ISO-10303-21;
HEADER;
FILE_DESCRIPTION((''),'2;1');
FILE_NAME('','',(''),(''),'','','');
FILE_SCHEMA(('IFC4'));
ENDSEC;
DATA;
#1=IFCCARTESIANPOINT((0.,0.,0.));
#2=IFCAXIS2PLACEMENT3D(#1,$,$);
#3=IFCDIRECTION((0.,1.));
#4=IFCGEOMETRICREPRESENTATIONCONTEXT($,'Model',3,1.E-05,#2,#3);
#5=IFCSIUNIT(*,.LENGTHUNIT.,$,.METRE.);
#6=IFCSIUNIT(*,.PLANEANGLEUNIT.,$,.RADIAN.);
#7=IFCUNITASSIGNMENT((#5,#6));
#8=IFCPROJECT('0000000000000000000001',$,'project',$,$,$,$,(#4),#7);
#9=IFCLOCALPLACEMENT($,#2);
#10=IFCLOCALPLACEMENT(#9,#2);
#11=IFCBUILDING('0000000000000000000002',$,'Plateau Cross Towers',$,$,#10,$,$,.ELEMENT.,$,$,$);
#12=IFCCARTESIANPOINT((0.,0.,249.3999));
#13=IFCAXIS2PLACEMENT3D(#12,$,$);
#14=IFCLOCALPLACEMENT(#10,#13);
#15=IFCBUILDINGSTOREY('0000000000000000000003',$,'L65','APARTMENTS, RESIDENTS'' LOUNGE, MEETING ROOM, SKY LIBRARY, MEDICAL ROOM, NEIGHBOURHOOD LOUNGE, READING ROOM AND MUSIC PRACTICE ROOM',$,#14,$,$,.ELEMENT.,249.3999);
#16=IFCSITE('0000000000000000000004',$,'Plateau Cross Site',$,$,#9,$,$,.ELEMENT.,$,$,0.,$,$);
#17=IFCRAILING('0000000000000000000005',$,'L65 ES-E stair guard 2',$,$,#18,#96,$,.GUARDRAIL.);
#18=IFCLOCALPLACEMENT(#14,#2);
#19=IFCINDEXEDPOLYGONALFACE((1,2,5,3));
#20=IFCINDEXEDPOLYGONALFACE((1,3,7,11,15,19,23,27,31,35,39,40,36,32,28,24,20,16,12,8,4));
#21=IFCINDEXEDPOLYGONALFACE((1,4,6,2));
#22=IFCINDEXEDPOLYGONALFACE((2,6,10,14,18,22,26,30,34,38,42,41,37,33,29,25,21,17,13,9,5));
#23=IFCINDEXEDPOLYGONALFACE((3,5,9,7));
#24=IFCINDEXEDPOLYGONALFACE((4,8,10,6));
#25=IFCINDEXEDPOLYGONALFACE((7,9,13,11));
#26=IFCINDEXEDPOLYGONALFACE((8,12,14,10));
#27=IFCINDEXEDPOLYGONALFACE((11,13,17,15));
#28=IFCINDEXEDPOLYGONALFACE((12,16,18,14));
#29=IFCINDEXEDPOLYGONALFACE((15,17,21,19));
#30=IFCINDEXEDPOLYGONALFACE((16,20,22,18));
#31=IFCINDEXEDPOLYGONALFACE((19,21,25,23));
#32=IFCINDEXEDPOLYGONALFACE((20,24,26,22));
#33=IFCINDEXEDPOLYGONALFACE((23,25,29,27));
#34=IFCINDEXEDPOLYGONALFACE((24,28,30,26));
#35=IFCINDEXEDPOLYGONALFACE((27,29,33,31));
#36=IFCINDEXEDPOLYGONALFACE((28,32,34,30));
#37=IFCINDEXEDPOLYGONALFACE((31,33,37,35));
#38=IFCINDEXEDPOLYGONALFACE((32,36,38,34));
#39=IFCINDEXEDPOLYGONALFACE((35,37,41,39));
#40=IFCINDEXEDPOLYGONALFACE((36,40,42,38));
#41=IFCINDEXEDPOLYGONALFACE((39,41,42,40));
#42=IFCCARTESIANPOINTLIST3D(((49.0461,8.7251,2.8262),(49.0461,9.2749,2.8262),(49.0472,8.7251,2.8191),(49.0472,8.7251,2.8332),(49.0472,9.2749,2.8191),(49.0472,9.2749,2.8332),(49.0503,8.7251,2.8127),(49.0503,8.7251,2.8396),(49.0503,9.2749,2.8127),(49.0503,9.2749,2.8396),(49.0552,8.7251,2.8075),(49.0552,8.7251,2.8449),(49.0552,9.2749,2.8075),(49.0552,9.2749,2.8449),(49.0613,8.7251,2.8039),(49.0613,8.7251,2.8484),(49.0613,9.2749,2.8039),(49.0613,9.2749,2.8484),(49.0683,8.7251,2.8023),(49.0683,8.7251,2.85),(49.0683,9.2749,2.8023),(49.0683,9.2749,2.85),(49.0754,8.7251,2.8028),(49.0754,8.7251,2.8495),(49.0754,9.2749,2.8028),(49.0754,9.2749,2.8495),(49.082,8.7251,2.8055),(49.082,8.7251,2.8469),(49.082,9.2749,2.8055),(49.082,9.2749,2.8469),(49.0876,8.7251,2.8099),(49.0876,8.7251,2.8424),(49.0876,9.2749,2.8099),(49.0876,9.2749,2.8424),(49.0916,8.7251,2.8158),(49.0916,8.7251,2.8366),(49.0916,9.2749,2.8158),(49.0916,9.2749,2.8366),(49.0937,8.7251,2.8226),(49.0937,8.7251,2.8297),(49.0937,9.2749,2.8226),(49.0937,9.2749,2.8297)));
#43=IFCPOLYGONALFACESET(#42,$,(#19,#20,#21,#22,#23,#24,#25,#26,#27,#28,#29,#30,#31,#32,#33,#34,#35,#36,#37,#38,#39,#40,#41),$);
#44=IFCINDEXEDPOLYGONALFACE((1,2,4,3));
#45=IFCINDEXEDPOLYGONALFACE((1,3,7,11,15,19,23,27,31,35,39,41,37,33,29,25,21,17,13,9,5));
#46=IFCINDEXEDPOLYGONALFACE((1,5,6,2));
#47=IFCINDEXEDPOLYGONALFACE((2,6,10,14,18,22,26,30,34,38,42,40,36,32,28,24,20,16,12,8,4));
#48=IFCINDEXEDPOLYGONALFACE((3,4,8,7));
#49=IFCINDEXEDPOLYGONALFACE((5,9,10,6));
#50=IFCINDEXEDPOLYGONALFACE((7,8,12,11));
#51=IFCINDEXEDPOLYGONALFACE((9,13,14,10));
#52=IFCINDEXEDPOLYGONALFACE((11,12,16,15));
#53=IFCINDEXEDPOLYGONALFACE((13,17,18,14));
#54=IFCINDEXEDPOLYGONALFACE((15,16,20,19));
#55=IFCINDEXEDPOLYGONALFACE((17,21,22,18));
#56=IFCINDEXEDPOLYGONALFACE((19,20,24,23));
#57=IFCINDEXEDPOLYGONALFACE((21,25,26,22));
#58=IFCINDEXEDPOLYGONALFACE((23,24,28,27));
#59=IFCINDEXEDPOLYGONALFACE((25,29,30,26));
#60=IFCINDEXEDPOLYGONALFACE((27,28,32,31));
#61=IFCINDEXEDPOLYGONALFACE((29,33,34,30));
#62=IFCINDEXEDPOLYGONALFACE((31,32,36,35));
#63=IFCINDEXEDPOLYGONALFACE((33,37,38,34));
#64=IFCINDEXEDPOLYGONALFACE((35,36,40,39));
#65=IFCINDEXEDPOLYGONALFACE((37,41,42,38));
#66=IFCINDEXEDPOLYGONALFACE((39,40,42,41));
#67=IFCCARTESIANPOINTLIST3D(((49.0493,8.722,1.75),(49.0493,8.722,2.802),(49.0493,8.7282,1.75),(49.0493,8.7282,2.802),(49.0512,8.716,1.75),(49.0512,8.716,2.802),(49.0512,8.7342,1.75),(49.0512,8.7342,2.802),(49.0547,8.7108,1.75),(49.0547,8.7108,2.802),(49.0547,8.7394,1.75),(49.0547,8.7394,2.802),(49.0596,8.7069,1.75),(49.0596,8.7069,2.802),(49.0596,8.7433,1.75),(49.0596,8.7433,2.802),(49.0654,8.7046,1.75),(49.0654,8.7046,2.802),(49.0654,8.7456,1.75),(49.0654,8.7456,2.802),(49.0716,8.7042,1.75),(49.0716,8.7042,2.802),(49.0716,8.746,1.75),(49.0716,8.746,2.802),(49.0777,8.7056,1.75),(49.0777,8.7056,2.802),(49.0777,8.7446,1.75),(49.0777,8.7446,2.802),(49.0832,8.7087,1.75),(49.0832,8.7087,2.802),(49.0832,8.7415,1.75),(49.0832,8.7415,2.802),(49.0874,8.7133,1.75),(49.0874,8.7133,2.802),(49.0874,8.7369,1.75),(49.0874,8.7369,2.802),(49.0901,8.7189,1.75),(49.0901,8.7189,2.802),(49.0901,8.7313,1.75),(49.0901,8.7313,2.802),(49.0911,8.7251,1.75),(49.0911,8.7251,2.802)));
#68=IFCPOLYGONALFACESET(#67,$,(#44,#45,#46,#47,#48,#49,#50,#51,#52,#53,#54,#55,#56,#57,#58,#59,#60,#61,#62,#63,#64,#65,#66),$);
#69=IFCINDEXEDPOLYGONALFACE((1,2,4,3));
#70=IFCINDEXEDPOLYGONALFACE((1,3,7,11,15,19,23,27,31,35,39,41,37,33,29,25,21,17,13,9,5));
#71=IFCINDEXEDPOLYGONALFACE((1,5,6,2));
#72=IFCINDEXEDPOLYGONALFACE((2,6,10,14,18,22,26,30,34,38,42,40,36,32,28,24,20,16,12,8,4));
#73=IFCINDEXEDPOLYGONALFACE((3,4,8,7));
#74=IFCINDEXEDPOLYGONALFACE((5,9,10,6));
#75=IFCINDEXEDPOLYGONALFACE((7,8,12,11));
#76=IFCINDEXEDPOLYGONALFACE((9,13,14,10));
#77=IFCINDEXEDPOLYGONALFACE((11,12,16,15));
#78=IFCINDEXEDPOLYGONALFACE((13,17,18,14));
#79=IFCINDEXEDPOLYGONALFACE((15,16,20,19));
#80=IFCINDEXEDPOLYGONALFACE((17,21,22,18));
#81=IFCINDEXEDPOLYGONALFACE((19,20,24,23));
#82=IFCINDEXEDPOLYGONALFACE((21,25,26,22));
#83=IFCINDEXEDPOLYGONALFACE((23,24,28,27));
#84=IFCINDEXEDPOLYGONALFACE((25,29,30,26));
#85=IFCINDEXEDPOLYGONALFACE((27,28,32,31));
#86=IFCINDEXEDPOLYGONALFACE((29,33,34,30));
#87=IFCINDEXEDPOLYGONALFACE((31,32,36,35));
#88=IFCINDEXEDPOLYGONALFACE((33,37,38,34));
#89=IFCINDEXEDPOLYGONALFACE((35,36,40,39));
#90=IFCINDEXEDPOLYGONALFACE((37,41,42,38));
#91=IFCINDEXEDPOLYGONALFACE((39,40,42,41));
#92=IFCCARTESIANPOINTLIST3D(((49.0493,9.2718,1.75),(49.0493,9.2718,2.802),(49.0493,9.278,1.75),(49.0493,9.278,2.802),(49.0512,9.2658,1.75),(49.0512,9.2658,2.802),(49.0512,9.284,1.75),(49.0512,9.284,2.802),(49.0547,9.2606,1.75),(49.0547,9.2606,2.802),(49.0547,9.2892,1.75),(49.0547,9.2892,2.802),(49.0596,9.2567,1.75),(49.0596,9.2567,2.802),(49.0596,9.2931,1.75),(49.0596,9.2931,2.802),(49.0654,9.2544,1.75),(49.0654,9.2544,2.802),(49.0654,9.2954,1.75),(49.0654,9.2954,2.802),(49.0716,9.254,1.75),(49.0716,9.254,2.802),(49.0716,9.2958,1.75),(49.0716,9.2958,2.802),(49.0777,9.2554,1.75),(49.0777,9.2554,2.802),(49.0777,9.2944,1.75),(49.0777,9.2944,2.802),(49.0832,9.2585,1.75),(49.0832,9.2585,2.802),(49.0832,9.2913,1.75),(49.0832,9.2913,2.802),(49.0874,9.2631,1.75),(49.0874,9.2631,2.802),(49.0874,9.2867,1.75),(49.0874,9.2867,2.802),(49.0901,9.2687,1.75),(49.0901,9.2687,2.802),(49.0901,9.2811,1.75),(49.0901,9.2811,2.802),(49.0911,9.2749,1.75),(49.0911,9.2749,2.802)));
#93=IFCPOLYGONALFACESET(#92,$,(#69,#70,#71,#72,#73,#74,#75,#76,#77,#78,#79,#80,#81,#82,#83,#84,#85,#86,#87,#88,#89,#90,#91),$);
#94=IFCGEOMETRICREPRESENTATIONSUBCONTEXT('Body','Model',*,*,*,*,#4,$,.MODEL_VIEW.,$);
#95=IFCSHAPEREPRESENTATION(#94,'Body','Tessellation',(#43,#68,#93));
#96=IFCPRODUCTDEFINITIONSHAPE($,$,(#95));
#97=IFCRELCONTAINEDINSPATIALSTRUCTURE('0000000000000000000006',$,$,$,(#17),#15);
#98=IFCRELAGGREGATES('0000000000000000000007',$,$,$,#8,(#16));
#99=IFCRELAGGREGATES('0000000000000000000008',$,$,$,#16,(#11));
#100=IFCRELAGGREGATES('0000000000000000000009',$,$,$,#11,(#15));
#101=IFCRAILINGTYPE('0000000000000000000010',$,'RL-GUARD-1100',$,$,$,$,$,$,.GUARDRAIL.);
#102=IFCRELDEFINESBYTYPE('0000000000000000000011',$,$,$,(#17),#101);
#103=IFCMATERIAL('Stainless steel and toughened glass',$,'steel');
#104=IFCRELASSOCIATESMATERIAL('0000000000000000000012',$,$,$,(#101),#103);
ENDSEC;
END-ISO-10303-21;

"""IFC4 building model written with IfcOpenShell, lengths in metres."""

from ifc_helpers import new_model, si_unit, direction, frame, origin, origin_2d, place, context, subcontext, project, spatial, circle, extrude, material, type_object, element, save


model = new_model("IFC4")

# Units and contexts
model_context = context("Model", 3, precision=1e-05, world=origin(), true_north=direction((0.0, 1.0)))
body_context = subcontext(model_context, "Body", "Model", "MODEL_VIEW")
ifc_project = project(units=[si_unit("LENGTHUNIT", "METRE"), si_unit("PLANEANGLEUNIT", "RADIAN")], contexts=[model_context])

# Site, building, storey
site_placement = place(None, origin())
site = spatial("IfcSite", under=ifc_project, at=site_placement, Name="Plateau Cross Site", CompositionType="ELEMENT", RefElevation=0.0)
building_placement = place(site_placement, origin())
building = spatial("IfcBuilding", under=site, at=building_placement, Name="Plateau Cross Towers", CompositionType="ELEMENT")
storey_placement = place(building_placement, frame((0.0, 0.0, 249.3999)))
storey = spatial("IfcBuildingStorey", under=building, at=storey_placement, Name="L65", Description="APARTMENTS, RESIDENTS' LOUNGE, MEETING ROOM, SKY LIBRARY, MEDICAL ROOM, NEIGHBOURHOOD LOUNGE, READING ROOM AND MUSIC PRACTICE ROOM", CompositionType="ELEMENT", Elevation=249.3999)

# Railing
ifc_material_1 = material(Name="Stainless steel and toughened glass", Category="steel")
railing_type_1 = type_object("IfcRailingType", Name="RL-GUARD-1100", PredefinedType="GUARDRAIL", material=ifc_material_1)
railing_1_placement = place(storey_placement, frame((49.0701, 8.7251, 1.75)))
element("IfcRailing", 1, at=railing_1_placement, inside=storey, type_object=railing_type_1, Name="L65 ES-E stair guard 2", PredefinedType="GUARDRAIL", context=body_context, shape_type="SweptSolid", body=[
    extrude(circle(Radius=0.0239, at=origin_2d()), frame((0.0, 0.0, 1.0762), z_axis=(0.0, 1.0, 0.0), x_axis=(-1.0, 0.0, 0.0)), (0.0, 0.0, 1.0), 0.5498),
    extrude(circle(Radius=0.021, at=origin_2d()), origin(), (0.0, 0.0, 1.0), 1.052),
    extrude(circle(Radius=0.021, at=origin_2d()), frame((0.0, 0.5498, 0.0)), (0.0, 0.0, 1.0), 1.052),
])

save(model, "model.ifc")
